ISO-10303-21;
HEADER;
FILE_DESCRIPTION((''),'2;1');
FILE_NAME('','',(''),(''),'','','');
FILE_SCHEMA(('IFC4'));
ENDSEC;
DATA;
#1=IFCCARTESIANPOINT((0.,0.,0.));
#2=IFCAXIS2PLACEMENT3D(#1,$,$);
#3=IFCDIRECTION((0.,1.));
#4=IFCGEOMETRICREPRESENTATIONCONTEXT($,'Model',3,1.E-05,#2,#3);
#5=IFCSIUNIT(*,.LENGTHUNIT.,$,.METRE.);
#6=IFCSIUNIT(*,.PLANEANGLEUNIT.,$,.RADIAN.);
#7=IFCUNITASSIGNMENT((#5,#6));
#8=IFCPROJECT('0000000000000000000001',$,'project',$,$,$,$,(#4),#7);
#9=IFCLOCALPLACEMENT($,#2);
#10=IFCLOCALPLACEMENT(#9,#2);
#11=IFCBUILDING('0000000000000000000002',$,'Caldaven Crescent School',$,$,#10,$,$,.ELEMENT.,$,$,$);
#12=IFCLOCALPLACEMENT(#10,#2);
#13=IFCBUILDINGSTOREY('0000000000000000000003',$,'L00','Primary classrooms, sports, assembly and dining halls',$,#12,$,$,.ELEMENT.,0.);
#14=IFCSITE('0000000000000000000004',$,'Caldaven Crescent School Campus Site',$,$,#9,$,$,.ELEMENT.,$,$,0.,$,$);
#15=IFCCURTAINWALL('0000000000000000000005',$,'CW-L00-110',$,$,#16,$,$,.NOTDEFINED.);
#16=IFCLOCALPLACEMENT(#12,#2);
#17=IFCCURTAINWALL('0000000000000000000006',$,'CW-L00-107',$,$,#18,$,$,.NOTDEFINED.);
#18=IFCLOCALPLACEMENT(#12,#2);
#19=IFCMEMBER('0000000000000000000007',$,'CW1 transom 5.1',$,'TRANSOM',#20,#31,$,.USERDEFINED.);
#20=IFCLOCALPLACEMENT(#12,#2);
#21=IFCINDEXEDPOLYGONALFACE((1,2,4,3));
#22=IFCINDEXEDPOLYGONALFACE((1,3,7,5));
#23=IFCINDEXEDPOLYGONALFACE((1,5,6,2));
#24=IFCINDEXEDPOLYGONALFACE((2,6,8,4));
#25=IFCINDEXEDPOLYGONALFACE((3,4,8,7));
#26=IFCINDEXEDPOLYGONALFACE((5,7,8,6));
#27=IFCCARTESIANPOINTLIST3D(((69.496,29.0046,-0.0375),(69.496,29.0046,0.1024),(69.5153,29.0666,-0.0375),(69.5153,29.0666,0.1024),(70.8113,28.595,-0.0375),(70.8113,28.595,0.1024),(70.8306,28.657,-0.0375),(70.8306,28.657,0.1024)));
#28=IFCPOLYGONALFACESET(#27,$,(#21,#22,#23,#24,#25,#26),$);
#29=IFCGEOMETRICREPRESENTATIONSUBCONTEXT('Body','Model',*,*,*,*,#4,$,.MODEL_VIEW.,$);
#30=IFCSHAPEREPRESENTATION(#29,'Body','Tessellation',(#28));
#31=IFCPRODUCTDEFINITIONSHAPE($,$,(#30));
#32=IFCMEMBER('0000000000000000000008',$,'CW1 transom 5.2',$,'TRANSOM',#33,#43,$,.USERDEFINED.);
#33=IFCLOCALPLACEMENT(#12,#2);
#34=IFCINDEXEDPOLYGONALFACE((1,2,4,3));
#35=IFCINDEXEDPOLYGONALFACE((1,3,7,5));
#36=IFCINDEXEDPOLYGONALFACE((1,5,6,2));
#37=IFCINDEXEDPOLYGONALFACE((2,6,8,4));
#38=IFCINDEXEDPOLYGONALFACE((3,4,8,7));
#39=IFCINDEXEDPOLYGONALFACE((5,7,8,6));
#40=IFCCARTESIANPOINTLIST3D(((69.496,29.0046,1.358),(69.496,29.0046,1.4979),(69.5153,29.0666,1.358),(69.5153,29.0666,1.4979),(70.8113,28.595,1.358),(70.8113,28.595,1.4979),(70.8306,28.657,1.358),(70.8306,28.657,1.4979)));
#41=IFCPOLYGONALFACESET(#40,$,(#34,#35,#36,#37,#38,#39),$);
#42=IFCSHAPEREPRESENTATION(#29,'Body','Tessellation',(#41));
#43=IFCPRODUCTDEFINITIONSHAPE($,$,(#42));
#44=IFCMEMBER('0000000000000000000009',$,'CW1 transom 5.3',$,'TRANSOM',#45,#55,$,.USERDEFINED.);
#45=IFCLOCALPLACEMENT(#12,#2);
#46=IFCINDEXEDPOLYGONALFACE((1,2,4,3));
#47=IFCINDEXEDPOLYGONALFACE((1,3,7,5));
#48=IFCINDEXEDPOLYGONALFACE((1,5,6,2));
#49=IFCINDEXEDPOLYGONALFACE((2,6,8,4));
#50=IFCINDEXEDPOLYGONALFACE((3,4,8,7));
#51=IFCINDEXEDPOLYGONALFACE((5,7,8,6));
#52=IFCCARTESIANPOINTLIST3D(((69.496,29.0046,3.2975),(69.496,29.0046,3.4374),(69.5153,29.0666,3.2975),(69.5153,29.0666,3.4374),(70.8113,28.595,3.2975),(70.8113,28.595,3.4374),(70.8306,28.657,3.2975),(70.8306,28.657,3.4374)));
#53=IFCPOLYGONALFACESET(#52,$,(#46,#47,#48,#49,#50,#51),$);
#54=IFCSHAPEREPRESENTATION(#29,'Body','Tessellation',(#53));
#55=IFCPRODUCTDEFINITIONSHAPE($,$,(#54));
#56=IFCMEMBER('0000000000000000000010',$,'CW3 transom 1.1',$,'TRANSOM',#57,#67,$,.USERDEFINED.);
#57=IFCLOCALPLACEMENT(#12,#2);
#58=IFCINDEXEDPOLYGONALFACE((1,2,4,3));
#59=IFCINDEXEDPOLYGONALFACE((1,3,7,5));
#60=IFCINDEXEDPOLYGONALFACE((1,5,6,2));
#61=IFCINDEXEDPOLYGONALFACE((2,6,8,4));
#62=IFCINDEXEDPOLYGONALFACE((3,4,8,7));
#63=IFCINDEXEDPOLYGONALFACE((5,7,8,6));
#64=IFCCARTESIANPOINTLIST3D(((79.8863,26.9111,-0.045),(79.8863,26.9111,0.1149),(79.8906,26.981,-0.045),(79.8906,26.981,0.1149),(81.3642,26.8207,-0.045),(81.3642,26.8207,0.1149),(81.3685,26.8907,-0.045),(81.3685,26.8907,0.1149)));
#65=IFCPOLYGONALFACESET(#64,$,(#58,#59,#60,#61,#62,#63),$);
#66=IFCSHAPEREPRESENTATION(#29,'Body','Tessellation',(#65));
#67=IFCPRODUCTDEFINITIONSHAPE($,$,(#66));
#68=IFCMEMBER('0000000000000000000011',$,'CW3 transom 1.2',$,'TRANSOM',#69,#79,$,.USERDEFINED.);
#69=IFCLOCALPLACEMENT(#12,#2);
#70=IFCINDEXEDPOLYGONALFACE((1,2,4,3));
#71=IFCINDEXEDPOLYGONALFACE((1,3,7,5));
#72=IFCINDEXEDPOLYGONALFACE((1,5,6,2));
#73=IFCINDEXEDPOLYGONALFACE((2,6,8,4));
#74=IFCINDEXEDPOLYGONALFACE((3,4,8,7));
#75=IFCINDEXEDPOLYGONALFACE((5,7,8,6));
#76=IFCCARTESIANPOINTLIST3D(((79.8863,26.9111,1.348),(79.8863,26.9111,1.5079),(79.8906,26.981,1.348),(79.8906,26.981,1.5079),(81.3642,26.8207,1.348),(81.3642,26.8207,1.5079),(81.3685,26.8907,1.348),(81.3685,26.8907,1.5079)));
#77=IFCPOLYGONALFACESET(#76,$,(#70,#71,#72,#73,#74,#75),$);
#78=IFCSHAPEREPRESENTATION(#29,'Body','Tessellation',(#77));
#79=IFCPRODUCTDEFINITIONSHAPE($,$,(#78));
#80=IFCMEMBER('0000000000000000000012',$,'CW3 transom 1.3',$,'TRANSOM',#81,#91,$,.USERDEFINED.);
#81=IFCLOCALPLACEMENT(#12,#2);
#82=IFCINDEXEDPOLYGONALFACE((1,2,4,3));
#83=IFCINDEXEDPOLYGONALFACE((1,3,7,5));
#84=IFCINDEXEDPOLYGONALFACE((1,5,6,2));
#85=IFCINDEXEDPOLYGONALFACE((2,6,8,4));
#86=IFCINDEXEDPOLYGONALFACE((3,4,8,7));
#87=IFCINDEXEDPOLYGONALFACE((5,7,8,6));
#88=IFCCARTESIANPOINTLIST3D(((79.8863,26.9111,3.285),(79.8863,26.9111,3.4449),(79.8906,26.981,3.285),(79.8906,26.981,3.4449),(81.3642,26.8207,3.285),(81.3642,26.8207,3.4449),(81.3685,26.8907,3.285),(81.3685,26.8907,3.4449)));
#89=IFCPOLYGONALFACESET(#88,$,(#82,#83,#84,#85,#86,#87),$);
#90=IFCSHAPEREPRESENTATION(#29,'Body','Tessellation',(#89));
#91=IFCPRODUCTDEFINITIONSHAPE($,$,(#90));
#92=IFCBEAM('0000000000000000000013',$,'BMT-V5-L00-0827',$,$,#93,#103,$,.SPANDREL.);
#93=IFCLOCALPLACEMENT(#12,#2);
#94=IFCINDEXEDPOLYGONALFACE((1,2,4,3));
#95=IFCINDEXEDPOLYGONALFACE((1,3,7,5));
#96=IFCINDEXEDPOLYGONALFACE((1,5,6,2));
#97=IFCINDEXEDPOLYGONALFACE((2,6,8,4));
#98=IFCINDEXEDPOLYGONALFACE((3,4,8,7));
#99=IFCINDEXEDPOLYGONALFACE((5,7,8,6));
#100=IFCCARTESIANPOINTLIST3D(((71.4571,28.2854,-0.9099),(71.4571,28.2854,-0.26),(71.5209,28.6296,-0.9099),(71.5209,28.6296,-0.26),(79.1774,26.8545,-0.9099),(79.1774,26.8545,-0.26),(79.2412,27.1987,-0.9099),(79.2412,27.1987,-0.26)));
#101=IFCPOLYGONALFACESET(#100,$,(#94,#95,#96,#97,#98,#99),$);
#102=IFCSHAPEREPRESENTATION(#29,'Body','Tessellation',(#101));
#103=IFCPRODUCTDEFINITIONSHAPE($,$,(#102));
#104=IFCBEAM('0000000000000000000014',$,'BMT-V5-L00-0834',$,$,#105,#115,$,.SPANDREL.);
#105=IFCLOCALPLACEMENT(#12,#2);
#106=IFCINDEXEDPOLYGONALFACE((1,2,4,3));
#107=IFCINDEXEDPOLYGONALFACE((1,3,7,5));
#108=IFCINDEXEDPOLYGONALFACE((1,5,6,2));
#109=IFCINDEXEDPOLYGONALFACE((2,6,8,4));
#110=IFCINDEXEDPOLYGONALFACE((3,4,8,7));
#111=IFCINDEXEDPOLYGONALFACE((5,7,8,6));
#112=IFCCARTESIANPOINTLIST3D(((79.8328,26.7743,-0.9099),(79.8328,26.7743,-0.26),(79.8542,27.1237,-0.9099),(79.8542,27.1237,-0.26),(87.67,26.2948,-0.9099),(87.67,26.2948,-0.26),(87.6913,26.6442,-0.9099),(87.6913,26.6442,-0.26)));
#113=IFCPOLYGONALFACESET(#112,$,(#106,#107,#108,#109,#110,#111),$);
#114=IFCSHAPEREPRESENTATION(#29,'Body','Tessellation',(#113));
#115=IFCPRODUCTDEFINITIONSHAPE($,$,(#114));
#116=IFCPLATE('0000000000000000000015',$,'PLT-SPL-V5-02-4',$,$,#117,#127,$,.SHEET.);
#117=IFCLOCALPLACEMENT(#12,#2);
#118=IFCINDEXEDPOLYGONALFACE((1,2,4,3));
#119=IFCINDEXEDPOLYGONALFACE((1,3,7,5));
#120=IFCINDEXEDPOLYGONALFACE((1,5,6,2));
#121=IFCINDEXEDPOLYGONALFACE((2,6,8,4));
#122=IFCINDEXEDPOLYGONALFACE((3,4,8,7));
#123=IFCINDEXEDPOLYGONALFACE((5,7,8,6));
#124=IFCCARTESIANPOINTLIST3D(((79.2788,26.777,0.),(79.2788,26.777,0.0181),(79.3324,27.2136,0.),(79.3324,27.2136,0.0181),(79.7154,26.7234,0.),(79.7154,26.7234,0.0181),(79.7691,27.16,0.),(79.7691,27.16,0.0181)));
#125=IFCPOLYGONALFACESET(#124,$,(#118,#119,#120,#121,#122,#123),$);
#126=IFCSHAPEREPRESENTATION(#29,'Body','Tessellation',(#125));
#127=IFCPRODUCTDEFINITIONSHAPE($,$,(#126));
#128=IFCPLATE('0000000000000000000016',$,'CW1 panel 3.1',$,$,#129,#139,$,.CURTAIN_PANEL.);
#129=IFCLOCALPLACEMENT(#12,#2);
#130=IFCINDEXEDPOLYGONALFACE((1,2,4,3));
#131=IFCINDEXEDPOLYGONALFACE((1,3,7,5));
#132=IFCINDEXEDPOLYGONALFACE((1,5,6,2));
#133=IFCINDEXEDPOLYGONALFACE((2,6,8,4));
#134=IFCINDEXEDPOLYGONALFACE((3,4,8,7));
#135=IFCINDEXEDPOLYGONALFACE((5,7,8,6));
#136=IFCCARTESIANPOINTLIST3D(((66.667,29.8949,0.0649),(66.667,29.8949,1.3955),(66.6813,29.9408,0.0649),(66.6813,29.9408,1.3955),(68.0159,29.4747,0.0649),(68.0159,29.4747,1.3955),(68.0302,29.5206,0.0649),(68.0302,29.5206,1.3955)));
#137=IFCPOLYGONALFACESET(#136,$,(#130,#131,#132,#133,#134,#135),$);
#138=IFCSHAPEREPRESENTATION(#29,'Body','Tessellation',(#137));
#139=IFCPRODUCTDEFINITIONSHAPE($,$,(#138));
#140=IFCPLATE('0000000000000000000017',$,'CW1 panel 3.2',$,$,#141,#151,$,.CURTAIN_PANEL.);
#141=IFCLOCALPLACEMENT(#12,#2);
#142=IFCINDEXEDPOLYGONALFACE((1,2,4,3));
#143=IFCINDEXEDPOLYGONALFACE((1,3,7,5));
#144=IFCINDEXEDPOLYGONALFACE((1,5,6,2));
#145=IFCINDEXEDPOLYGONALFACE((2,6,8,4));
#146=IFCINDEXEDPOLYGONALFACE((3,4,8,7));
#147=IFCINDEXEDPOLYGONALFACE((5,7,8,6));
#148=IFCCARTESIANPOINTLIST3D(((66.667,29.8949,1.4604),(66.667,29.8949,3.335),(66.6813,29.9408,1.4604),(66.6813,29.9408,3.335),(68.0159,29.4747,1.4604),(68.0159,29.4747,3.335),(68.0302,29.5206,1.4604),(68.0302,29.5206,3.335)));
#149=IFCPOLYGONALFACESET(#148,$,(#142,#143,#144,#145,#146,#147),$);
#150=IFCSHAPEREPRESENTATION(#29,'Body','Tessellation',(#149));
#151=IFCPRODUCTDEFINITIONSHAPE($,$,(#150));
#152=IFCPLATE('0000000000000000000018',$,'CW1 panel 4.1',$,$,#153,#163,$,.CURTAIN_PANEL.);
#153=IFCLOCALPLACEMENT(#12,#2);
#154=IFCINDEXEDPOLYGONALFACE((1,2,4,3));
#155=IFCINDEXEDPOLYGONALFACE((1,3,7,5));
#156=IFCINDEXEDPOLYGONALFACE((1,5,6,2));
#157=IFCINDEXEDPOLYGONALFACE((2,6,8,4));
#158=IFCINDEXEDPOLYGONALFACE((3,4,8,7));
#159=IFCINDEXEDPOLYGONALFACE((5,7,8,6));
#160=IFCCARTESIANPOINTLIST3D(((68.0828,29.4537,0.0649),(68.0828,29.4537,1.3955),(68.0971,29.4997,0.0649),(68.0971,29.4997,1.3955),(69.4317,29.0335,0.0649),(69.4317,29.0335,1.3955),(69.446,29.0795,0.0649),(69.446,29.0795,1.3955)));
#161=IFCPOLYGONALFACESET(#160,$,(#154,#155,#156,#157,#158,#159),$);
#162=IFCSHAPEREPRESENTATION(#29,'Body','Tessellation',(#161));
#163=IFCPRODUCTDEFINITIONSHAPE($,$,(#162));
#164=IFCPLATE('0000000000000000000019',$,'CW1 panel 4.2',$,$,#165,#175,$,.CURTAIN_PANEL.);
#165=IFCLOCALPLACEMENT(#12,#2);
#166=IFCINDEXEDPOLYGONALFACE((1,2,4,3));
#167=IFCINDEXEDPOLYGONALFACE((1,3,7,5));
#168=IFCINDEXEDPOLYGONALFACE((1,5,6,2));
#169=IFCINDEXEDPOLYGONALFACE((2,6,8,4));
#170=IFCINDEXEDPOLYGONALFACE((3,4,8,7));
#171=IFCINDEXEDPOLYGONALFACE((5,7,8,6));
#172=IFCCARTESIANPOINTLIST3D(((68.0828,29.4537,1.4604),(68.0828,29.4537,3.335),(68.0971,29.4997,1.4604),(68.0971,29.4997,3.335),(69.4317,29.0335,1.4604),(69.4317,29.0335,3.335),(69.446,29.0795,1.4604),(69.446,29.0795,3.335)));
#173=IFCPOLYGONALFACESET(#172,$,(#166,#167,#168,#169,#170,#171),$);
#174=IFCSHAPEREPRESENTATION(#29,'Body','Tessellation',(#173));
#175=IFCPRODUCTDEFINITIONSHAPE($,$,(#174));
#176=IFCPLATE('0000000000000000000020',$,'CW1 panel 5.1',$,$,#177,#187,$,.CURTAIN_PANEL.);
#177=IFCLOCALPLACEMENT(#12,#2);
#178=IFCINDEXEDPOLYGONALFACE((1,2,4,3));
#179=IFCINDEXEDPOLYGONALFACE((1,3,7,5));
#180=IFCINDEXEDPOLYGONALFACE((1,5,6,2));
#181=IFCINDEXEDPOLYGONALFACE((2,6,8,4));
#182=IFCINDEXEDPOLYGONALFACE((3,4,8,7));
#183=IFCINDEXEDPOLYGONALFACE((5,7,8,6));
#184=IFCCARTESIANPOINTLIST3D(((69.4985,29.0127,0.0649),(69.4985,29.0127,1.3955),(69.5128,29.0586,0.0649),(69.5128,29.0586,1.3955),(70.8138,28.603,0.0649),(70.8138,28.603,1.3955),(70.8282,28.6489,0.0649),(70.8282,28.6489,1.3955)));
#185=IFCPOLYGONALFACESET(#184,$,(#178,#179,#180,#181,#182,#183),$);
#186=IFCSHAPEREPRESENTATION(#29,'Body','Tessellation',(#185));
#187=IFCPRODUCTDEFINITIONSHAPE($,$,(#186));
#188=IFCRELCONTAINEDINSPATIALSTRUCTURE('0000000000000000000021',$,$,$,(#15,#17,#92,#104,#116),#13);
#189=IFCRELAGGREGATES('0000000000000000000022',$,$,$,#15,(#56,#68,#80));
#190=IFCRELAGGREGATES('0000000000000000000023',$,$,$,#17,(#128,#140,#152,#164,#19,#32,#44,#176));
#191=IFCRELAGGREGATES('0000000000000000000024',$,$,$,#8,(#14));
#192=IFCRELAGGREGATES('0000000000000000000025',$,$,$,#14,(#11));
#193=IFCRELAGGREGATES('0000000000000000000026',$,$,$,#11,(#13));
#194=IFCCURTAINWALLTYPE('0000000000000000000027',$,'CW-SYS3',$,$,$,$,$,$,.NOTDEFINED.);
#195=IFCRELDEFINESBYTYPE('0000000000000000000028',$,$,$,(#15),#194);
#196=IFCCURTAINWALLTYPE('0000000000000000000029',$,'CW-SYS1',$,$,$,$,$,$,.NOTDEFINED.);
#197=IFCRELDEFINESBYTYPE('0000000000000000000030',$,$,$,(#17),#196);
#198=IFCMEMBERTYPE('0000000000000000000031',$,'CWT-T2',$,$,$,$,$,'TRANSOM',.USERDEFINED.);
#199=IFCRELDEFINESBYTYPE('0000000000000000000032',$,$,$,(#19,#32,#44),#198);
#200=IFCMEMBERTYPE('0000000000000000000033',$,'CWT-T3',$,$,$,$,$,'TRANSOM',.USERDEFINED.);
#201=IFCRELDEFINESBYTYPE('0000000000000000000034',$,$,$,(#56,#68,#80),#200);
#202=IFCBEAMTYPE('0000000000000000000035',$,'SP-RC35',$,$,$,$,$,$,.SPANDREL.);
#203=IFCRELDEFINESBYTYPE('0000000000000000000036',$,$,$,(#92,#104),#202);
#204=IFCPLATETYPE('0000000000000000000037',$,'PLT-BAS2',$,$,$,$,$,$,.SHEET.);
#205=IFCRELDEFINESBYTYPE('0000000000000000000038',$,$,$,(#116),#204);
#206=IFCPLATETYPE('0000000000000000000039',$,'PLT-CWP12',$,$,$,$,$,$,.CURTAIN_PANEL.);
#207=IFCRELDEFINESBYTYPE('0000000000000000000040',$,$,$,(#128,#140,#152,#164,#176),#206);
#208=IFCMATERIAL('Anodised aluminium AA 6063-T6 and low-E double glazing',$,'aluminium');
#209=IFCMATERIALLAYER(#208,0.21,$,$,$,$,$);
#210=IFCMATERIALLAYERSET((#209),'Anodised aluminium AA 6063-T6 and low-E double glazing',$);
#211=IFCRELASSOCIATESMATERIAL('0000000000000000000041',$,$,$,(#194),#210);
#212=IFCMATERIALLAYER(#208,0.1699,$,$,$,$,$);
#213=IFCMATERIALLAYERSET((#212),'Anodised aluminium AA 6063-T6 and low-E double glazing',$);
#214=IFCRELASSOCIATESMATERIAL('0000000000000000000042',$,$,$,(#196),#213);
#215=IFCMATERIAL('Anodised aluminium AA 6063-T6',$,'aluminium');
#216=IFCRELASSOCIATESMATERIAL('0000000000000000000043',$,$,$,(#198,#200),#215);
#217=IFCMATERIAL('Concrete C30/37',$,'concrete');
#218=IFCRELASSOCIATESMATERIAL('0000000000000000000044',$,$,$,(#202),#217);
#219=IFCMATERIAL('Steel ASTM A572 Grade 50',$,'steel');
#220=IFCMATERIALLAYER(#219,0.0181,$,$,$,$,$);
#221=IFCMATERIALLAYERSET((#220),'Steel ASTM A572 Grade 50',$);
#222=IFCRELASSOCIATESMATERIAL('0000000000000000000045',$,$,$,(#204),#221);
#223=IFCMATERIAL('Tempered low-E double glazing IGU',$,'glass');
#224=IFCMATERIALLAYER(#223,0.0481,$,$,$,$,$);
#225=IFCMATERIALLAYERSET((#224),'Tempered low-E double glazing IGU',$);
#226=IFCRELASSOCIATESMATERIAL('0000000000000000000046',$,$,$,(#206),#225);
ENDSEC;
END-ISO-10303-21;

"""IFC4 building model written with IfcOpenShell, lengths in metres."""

from ifc_helpers import new_model, si_unit, direction, frame, origin, origin_2d, place, context, subcontext, project, spatial, rectangle, extrude, material, layer, layer_set, material_profile, profile_set, type_object, element, aggregate, save


model = new_model("IFC4")

# Units and contexts
model_context = context("Model", 3, precision=1e-05, world=origin(), true_north=direction((0.0, 1.0)))
body_context = subcontext(model_context, "Body", "Model", "MODEL_VIEW")
ifc_project = project(units=[si_unit("LENGTHUNIT", "METRE"), si_unit("PLANEANGLEUNIT", "RADIAN")], contexts=[model_context])

# Site, building, storey
site_placement = place(None, origin())
site = spatial("IfcSite", under=ifc_project, at=site_placement, Name="Caldaven Crescent School Campus Site", CompositionType="ELEMENT", RefElevation=0.0)
building_placement = place(site_placement, origin())
building = spatial("IfcBuilding", under=site, at=building_placement, Name="Caldaven Crescent School", CompositionType="ELEMENT")
storey_placement = place(building_placement, origin())
storey = spatial("IfcBuildingStorey", under=building, at=storey_placement, Name="L00", Description="Primary classrooms, sports, assembly and dining halls", CompositionType="ELEMENT", Elevation=0.0)

# Shared definitions
ifc_material_1 = material(Name="Concrete C30/37", Category="concrete")

# Curtain wall
ifc_material_2 = material(Name="Anodised aluminium AA 6063-T6 and low-E double glazing", Category="aluminium")
ifc_layer_1 = layer(ifc_material_2, 0.21)
ifc_layer_set_1 = layer_set([ifc_layer_1], Name="Anodised aluminium AA 6063-T6 and low-E double glazing")
curtain_wall_type_1 = type_object("IfcCurtainWallType", Name="CW-SYS3", PredefinedType="NOTDEFINED", material=ifc_layer_set_1)
curtain_wall_1_placement = place(storey_placement, origin())
curtain_wall_1 = element("IfcCurtainWall", 1, at=curtain_wall_1_placement, inside=storey, type_object=curtain_wall_type_1, Name="CW-L00-110", PredefinedType="NOTDEFINED")
ifc_material_3 = material(Name="Anodised aluminium AA 6063-T6", Category="aluminium")

# Curtain wall, members
ifc_layer_2 = layer(ifc_material_2, 0.1699)
ifc_layer_set_2 = layer_set([ifc_layer_2], Name="Anodised aluminium AA 6063-T6 and low-E double glazing")
curtain_wall_type_2 = type_object("IfcCurtainWallType", Name="CW-SYS1", PredefinedType="NOTDEFINED", material=ifc_layer_set_2)
curtain_wall_2_placement = place(storey_placement, origin())
curtain_wall_2 = element("IfcCurtainWall", 2, at=curtain_wall_2_placement, inside=storey, type_object=curtain_wall_type_2, Name="CW-L00-107", PredefinedType="NOTDEFINED")
ifc_material_profile_1 = material_profile(ifc_material_3, rectangle(XDim=0.0649, YDim=0.1399, at=origin_2d()), Name="CWT 65x140")
ifc_profile_set_1 = profile_set([ifc_material_profile_1], Name="Anodised aluminium AA 6063-T6")
member_type_1 = type_object("IfcMemberType", Name="CWT-T2", ElementType="TRANSOM", PredefinedType="USERDEFINED", material=ifc_profile_set_1)
member_1_placement = place(storey_placement, frame((69.5056, 29.0356, 0.0325), z_axis=(0.95477, -0.297347, 0.0), x_axis=(0.297347, 0.95477, 0.0)))
member_1 = element("IfcMember", 3, at=member_1_placement, type_object=member_type_1, Name="CW1 transom 5.1", ObjectType="TRANSOM", PredefinedType="USERDEFINED", context=body_context, shape_type="SweptSolid", body=[
    extrude(rectangle(XDim=0.0649, YDim=0.1399, at=origin_2d()), origin(), (0.0, 0.0, 1.0), 1.3777),
])
member_2_placement = place(storey_placement, frame((69.5056, 29.0356, 1.428), z_axis=(0.95477, -0.297347, 0.0), x_axis=(0.297347, 0.95477, 0.0)))
member_2 = element("IfcMember", 4, at=member_2_placement, type_object=member_type_1, Name="CW1 transom 5.2", ObjectType="TRANSOM", PredefinedType="USERDEFINED", context=body_context, shape_type="SweptSolid", body=[
    extrude(rectangle(XDim=0.0649, YDim=0.1399, at=origin_2d()), origin(), (0.0, 0.0, 1.0), 1.3777),
])
member_3_placement = place(storey_placement, frame((69.5056, 29.0356, 3.3674), z_axis=(0.95477, -0.297347, 0.0), x_axis=(0.297347, 0.95477, 0.0)))
member_3 = element("IfcMember", 5, at=member_3_placement, type_object=member_type_1, Name="CW1 transom 5.3", ObjectType="TRANSOM", PredefinedType="USERDEFINED", context=body_context, shape_type="SweptSolid", body=[
    extrude(rectangle(XDim=0.0649, YDim=0.1399, at=origin_2d()), origin(), (0.0, 0.0, 1.0), 1.3777),
])

# Members
ifc_material_profile_2 = material_profile(ifc_material_3, rectangle(XDim=0.0701, YDim=0.1599, at=origin_2d()), Name="CWT 70x160")
ifc_profile_set_2 = profile_set([ifc_material_profile_2], Name="Anodised aluminium AA 6063-T6")
member_type_2 = type_object("IfcMemberType", Name="CWT-T3", ElementType="TRANSOM", PredefinedType="USERDEFINED", material=ifc_profile_set_2)
member_4_placement = place(storey_placement, frame((79.8884, 26.946, 0.0349), z_axis=(0.998138, -0.061003, 0.0), x_axis=(0.061003, 0.998138, 0.0)))
member_4 = element("IfcMember", 6, at=member_4_placement, type_object=member_type_2, Name="CW3 transom 1.1", ObjectType="TRANSOM", PredefinedType="USERDEFINED", context=body_context, shape_type="SweptSolid", body=[
    extrude(rectangle(XDim=0.0701, YDim=0.1599, at=origin_2d()), origin(), (0.0, 0.0, 1.0), 1.4807),
])
member_5_placement = place(storey_placement, frame((79.8884, 26.946, 1.428), z_axis=(0.998138, -0.061003, 0.0), x_axis=(0.061003, 0.998138, 0.0)))
member_5 = element("IfcMember", 7, at=member_5_placement, type_object=member_type_2, Name="CW3 transom 1.2", ObjectType="TRANSOM", PredefinedType="USERDEFINED", context=body_context, shape_type="SweptSolid", body=[
    extrude(rectangle(XDim=0.0701, YDim=0.1599, at=origin_2d()), origin(), (0.0, 0.0, 1.0), 1.4807),
])
member_6_placement = place(storey_placement, frame((79.8884, 26.946, 3.365), z_axis=(0.998138, -0.061003, 0.0), x_axis=(0.061003, 0.998138, 0.0)))
member_6 = element("IfcMember", 8, at=member_6_placement, type_object=member_type_2, Name="CW3 transom 1.3", ObjectType="TRANSOM", PredefinedType="USERDEFINED", context=body_context, shape_type="SweptSolid", body=[
    extrude(rectangle(XDim=0.0701, YDim=0.1599, at=origin_2d()), origin(), (0.0, 0.0, 1.0), 1.4807),
])
aggregate(curtain_wall_1, [member_4, member_5, member_6])

# Beams
ifc_material_profile_3 = material_profile(ifc_material_1, rectangle(XDim=0.3501, YDim=0.6499, at=origin_2d()), Name="RC 350x650")
ifc_profile_set_3 = profile_set([ifc_material_profile_3], Name="Concrete C30/37")
beam_type_1 = type_object("IfcBeamType", Name="SP-RC35", PredefinedType="SPANDREL", material=ifc_profile_set_3)
for number, where, z_axis, x_axis, name in (
    (9, (71.489, 28.4575, -0.585), (0.983254, -0.182242, 0.0), (0.182242, 0.983254, 0.0), "BMT-V5-L00-0827"),
    (10, (79.8435, 26.949, -0.585), (0.998134, -0.061068, 0.0), (0.061068, 0.998134, 0.0), "BMT-V5-L00-0834"),
):
    element("IfcBeam", number, at=place(storey_placement, frame(where, z_axis=z_axis, x_axis=x_axis)), inside=storey, type_object=beam_type_1, Name=name, PredefinedType="SPANDREL", context=body_context, shape_type="SweptSolid", body=[
        extrude(rectangle(XDim=0.3501, YDim=0.6499, at=origin_2d()), origin(), (0.0, 0.0, 1.0), 7.8518),
    ])

# Plates
ifc_material_4 = material(Name="Steel ASTM A572 Grade 50", Category="steel")
ifc_layer_3 = layer(ifc_material_4, 0.0181)
ifc_layer_set_3 = layer_set([ifc_layer_3], Name="Steel ASTM A572 Grade 50")
plate_type_1 = type_object("IfcPlateType", Name="PLT-BAS2", PredefinedType="SHEET", material=ifc_layer_set_3)
plate_1_placement = place(storey_placement, frame((79.5239, 26.9685, 0.0), z_axis=(0.0, 0.0, 1.0), x_axis=(-0.121869, -0.992546, 0.0)))
element("IfcPlate", 11, at=plate_1_placement, inside=storey, type_object=plate_type_1, Name="PLT-SPL-V5-02-4", PredefinedType="SHEET", context=body_context, shape_type="SweptSolid", body=[
    extrude(rectangle(XDim=0.4399, YDim=0.4399, at=origin_2d()), origin(), (0.0, 0.0, 1.0), 0.0181),
])
ifc_material_5 = material(Name="Tempered low-E double glazing IGU", Category="glass")
ifc_layer_4 = layer(ifc_material_5, 0.0481)
ifc_layer_set_4 = layer_set([ifc_layer_4], Name="Tempered low-E double glazing IGU")
plate_type_2 = type_object("IfcPlateType", Name="PLT-CWP12", PredefinedType="CURTAIN_PANEL", material=ifc_layer_set_4)
plate_2_placement = place(storey_placement, frame((67.3486, 29.7078, 0.0649), z_axis=(0.0, 0.0, 1.0), x_axis=(0.954747, -0.29742, 0.0)))
plate_2 = element("IfcPlate", 12, at=plate_2_placement, type_object=plate_type_2, Name="CW1 panel 3.1", PredefinedType="CURTAIN_PANEL", context=body_context, shape_type="SweptSolid", body=[
    extrude(rectangle(XDim=1.4128, YDim=0.0481, at=origin_2d()), origin(), (0.0, 0.0, 1.0), 1.3306),
])
plate_3_placement = place(storey_placement, frame((67.3486, 29.7078, 1.4604), z_axis=(0.0, 0.0, 1.0), x_axis=(0.954747, -0.29742, 0.0)))
plate_3 = element("IfcPlate", 13, at=plate_3_placement, type_object=plate_type_2, Name="CW1 panel 3.2", PredefinedType="CURTAIN_PANEL", context=body_context, shape_type="SweptSolid", body=[
    extrude(rectangle(XDim=1.4128, YDim=0.0481, at=origin_2d()), origin(), (0.0, 0.0, 1.0), 1.8745),
])
plate_4_placement = place(storey_placement, frame((68.7644, 29.2666, 0.0649), z_axis=(0.0, 0.0, 1.0), x_axis=(0.954747, -0.29742, 0.0)))
plate_4 = element("IfcPlate", 14, at=plate_4_placement, type_object=plate_type_2, Name="CW1 panel 4.1", PredefinedType="CURTAIN_PANEL", context=body_context, shape_type="SweptSolid", body=[
    extrude(rectangle(XDim=1.4128, YDim=0.0481, at=origin_2d()), origin(), (0.0, 0.0, 1.0), 1.3306),
])
plate_5_placement = place(storey_placement, frame((68.7644, 29.2666, 1.4604), z_axis=(0.0, 0.0, 1.0), x_axis=(0.954747, -0.29742, 0.0)))
plate_5 = element("IfcPlate", 15, at=plate_5_placement, type_object=plate_type_2, Name="CW1 panel 4.2", PredefinedType="CURTAIN_PANEL", context=body_context, shape_type="SweptSolid", body=[
    extrude(rectangle(XDim=1.4128, YDim=0.0481, at=origin_2d()), origin(), (0.0, 0.0, 1.0), 1.8745),
])
plate_6_placement = place(storey_placement, frame((70.1633, 28.8308, 0.0649), z_axis=(0.0, 0.0, 1.0), x_axis=(0.954747, -0.29742, 0.0)))
plate_6 = element("IfcPlate", 16, at=plate_6_placement, type_object=plate_type_2, Name="CW1 panel 5.1", PredefinedType="CURTAIN_PANEL", context=body_context, shape_type="SweptSolid", body=[
    extrude(rectangle(XDim=1.3777, YDim=0.0481, at=origin_2d()), origin(), (0.0, 0.0, 1.0), 1.3306),
])
aggregate(curtain_wall_2, [plate_2, plate_3, plate_4, plate_5, member_1, member_2, member_3, plate_6])

save(model, "model.ifc")
